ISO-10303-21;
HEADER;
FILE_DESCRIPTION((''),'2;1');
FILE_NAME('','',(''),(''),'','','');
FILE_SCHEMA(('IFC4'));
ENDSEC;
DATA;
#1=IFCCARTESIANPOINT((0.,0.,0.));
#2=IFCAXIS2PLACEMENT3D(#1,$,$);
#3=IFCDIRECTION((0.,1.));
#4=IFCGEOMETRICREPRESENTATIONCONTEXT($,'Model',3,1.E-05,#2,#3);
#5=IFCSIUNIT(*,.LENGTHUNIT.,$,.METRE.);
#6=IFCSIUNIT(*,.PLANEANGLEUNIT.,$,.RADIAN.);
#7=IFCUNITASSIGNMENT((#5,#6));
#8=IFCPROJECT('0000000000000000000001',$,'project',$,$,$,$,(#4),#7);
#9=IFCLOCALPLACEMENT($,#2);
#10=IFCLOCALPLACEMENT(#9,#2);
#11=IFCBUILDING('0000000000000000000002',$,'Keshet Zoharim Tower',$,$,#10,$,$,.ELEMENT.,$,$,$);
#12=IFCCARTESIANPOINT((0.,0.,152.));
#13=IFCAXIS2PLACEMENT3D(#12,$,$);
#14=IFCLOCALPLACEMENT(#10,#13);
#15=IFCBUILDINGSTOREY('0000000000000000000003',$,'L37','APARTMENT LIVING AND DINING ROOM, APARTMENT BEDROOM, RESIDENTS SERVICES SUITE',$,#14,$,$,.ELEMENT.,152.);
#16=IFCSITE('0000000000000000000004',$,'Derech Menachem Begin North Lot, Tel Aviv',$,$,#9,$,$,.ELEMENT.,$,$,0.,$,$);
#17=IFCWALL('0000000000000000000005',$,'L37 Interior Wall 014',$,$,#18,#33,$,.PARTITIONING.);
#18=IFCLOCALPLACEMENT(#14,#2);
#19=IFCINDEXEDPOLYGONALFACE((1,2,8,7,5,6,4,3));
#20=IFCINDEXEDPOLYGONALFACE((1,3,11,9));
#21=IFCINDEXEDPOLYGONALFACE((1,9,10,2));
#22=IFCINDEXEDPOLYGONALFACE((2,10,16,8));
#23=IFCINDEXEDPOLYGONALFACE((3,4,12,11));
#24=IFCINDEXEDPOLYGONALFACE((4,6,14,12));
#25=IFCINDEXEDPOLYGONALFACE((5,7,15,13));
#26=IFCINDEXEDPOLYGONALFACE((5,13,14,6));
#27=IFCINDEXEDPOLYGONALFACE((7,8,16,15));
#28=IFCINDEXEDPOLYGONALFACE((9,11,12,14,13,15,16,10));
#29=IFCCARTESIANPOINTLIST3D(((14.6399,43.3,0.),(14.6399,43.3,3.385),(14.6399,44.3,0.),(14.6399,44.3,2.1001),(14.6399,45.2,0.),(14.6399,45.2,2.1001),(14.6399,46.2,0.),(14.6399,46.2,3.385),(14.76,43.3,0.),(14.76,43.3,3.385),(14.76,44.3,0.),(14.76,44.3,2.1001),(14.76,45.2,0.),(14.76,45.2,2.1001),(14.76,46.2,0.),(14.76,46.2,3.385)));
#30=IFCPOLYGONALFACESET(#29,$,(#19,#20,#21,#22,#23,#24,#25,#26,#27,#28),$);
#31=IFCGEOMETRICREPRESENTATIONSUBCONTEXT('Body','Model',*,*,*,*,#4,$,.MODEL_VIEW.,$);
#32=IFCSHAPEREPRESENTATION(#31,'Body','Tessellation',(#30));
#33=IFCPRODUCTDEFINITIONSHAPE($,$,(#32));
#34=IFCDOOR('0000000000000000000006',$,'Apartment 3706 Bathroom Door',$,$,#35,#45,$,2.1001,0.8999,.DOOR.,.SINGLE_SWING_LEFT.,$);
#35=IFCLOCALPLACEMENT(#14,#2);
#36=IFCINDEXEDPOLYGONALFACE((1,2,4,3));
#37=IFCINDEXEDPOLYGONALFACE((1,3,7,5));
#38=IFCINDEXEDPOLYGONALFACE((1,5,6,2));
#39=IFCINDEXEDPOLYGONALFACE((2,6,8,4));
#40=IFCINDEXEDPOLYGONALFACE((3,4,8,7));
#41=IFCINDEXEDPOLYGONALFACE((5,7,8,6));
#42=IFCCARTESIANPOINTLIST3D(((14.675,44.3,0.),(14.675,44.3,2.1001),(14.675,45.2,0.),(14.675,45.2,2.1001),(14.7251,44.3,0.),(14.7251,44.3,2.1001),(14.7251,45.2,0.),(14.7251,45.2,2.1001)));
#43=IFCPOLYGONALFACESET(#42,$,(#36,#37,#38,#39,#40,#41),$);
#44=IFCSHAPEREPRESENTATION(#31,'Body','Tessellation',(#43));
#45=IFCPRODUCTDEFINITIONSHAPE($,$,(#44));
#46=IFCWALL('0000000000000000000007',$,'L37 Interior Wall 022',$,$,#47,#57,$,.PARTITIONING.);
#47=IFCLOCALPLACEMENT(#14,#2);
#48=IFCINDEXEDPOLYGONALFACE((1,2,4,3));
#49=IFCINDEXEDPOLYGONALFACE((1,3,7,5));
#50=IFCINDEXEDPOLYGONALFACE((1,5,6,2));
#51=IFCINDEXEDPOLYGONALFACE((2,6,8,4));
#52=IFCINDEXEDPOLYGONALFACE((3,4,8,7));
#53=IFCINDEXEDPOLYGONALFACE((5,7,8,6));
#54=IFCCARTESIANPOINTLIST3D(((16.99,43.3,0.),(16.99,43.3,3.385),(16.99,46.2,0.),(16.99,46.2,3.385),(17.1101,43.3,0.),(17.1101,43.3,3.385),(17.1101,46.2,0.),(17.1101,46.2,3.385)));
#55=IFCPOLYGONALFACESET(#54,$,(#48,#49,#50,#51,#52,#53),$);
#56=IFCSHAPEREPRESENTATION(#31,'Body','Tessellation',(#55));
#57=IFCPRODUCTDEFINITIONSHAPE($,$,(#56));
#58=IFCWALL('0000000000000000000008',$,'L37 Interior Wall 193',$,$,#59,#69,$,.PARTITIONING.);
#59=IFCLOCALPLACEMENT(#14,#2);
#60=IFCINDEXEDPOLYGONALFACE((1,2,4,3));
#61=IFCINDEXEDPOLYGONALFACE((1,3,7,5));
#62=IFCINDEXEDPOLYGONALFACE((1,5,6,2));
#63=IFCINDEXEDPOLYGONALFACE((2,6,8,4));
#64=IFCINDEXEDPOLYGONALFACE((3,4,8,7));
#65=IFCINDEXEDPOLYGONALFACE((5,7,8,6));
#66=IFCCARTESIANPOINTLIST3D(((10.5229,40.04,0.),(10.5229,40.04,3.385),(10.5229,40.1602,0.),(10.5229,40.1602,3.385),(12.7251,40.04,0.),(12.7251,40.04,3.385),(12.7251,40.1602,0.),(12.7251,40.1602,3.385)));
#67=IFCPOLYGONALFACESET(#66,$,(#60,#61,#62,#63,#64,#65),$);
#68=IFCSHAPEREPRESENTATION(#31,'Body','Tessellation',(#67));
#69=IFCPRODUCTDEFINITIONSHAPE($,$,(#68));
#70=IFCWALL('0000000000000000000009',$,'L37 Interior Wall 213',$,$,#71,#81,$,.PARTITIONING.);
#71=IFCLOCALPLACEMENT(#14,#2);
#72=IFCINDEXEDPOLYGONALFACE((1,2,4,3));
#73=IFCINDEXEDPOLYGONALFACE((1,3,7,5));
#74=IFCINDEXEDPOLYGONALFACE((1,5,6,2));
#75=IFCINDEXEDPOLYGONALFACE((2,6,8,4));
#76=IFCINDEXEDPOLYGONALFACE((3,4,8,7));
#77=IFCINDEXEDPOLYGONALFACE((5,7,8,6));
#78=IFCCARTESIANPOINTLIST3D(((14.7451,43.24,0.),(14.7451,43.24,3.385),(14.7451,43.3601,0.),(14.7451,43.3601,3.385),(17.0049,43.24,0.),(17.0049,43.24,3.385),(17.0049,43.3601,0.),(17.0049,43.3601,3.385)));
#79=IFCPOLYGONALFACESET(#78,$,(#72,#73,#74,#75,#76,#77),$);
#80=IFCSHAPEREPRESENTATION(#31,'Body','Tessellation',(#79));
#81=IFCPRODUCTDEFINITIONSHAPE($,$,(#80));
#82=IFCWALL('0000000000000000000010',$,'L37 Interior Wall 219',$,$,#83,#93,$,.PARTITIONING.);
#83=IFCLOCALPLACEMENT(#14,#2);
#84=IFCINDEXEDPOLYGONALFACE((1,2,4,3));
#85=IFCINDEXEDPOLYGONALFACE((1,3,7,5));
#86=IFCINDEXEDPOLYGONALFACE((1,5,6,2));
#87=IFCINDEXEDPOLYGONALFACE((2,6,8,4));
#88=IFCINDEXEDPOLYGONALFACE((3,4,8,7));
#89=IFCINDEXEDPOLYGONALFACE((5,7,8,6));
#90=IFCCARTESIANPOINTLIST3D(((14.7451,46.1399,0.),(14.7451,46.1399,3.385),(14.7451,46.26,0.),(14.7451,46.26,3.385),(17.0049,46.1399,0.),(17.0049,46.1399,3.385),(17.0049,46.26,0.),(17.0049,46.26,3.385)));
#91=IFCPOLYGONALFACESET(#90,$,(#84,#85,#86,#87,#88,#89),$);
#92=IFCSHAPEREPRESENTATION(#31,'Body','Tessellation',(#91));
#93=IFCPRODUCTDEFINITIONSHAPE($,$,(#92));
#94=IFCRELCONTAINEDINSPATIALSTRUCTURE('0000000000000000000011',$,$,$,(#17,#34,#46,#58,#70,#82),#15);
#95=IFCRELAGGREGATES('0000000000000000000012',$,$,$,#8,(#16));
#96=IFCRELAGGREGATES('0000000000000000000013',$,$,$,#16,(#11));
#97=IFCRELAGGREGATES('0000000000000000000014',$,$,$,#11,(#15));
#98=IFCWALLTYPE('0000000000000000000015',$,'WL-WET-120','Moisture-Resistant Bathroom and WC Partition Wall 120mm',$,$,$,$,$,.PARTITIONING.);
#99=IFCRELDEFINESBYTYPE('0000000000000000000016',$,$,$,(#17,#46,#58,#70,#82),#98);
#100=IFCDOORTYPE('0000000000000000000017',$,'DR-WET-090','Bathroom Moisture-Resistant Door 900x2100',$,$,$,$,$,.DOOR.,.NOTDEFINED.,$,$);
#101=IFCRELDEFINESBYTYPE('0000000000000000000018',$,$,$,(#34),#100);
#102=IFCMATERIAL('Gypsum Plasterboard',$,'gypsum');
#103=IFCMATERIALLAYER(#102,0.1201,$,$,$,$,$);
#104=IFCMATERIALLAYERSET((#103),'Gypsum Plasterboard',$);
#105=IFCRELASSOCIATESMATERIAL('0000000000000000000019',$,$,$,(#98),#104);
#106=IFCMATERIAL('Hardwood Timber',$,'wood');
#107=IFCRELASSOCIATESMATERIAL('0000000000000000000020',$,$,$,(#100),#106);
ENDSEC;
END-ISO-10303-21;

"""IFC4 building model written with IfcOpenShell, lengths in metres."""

from ifc_helpers import new_model, si_unit, direction, frame, frame_2d, origin, place, context, subcontext, project, spatial, rectangle, extrude, material, layer, layer_set, type_object, element, fill, save


model = new_model("IFC4")

# Units and contexts
model_context = context("Model", 3, precision=1e-05, world=origin(), true_north=direction((0.0, 1.0)))
body_context = subcontext(model_context, "Body", "Model", "MODEL_VIEW")
ifc_project = project(units=[si_unit("LENGTHUNIT", "METRE"), si_unit("PLANEANGLEUNIT", "RADIAN")], contexts=[model_context])

# Site, building, storey
site_placement = place(None, origin())
site = spatial("IfcSite", under=ifc_project, at=site_placement, Name="Derech Menachem Begin North Lot, Tel Aviv", CompositionType="ELEMENT", RefElevation=0.0)
building_placement = place(site_placement, origin())
building = spatial("IfcBuilding", under=site, at=building_placement, Name="Keshet Zoharim Tower", CompositionType="ELEMENT")
storey_placement = place(building_placement, frame((0.0, 0.0, 152.0)))
storey = spatial("IfcBuildingStorey", under=building, at=storey_placement, Name="L37", Description="APARTMENT LIVING AND DINING ROOM, APARTMENT BEDROOM, RESIDENTS SERVICES SUITE", CompositionType="ELEMENT", Elevation=152.0)

# Shared definitions
ifc_material_1 = material(Name="Gypsum Plasterboard", Category="gypsum")

# Shared definitions
ifc_material_2 = material(Name="Hardwood Timber", Category="wood")

# Wall, opening, door
ifc_layer_1 = layer(ifc_material_1, 0.1201)
ifc_layer_set_1 = layer_set([ifc_layer_1], Name="Gypsum Plasterboard")
wall_type_1 = type_object("IfcWallType", Name="WL-WET-120", Description="Moisture-Resistant Bathroom and WC Partition Wall 120mm", PredefinedType="PARTITIONING", material=ifc_layer_set_1)
wall_1_placement = place(storey_placement, frame((14.7, 43.3, 0.0), z_axis=(0.0, 0.0, 1.0), x_axis=(0.0, 1.0, 0.0)))
wall_1 = element("IfcWall", 1, at=wall_1_placement, inside=storey, type_object=wall_type_1, Name="L37 Interior Wall 014", PredefinedType="PARTITIONING", context=body_context, shape_type="SweptSolid", body=[
    extrude(rectangle(XDim=2.8999, YDim=0.1201, at=frame_2d((1.45, 0.0))), origin(), (0.0, 0.0, 1.0), 3.385),
])
opening_1_placement = place(wall_1_placement, frame((1.0, 0.0, 0.0)))
opening_1 = element("IfcOpeningElement", 2, at=opening_1_placement, cuts=wall_1, PredefinedType="OPENING", context=body_context, shape_type="SweptSolid", body=[
    extrude(rectangle(XDim=0.8999, YDim=2.1001, at=frame_2d((0.45, 1.05))), frame((0.0, 0.0701, 0.0), z_axis=(0.0, -1.0, 0.0), x_axis=(1.0, 0.0, 0.0)), (0.0, 0.0, 1.0), 0.1401),
])
door_type_1 = type_object("IfcDoorType", Name="DR-WET-090", Description="Bathroom Moisture-Resistant Door 900x2100", OperationType="NOTDEFINED", PredefinedType="DOOR", material=ifc_material_2)
door_1_placement = place(opening_1_placement, origin())
door_1 = element("IfcDoor", 3, at=door_1_placement, inside=storey, type_object=door_type_1, Name="Apartment 3706 Bathroom Door", OperationType="SINGLE_SWING_LEFT", OverallHeight=2.1001, OverallWidth=0.8999, PredefinedType="DOOR", context=body_context, shape_type="SweptSolid", body=[
    extrude(rectangle(XDim=0.8999, YDim=2.1001, at=frame_2d((0.45, 1.05))), frame((0.0, 0.0249, 0.0), z_axis=(0.0, -1.0, 0.0), x_axis=(1.0, 0.0, 0.0)), (0.0, 0.0, 1.0), 0.05),
])
fill(opening_1, door_1)

# Walls
wall_2_placement = place(storey_placement, frame((17.05, 43.3, 0.0), z_axis=(0.0, 0.0, 1.0), x_axis=(0.0, 1.0, 0.0)))
element("IfcWall", 4, at=wall_2_placement, inside=storey, type_object=wall_type_1, Name="L37 Interior Wall 022", PredefinedType="PARTITIONING", context=body_context, shape_type="SweptSolid", body=[
    extrude(rectangle(XDim=2.8999, YDim=0.1201, at=frame_2d((1.45, 0.0))), origin(), (0.0, 0.0, 1.0), 3.385),
])
wall_3_placement = place(storey_placement, frame((10.5229, 40.1001, 0.0), z_axis=(0.0, 0.0, 1.0), x_axis=(1.0, 0.0, 0.0)))
element("IfcWall", 5, at=wall_3_placement, inside=storey, type_object=wall_type_1, Name="L37 Interior Wall 193", PredefinedType="PARTITIONING", context=body_context, shape_type="SweptSolid", body=[
    extrude(rectangle(XDim=2.2021, YDim=0.1201, at=frame_2d((1.1011, 0.0))), origin(), (0.0, 0.0, 1.0), 3.385),
])
for number, where, z_axis, x_axis, name in (
    (6, (14.7451, 43.3, 0.0), (0.0, 0.0, 1.0), (1.0, 0.0, 0.0), "L37 Interior Wall 213"),
    (7, (14.7451, 46.2, 0.0), (0.0, 0.0, 1.0), (1.0, 0.0, 0.0), "L37 Interior Wall 219"),
):
    element("IfcWall", number, at=place(storey_placement, frame(where, z_axis=z_axis, x_axis=x_axis)), inside=storey, type_object=wall_type_1, Name=name, PredefinedType="PARTITIONING", context=body_context, shape_type="SweptSolid", body=[
        extrude(rectangle(XDim=2.2598, YDim=0.1201, at=frame_2d((1.1299, 0.0))), origin(), (0.0, 0.0, 1.0), 3.385),
    ])

save(model, "model.ifc")
